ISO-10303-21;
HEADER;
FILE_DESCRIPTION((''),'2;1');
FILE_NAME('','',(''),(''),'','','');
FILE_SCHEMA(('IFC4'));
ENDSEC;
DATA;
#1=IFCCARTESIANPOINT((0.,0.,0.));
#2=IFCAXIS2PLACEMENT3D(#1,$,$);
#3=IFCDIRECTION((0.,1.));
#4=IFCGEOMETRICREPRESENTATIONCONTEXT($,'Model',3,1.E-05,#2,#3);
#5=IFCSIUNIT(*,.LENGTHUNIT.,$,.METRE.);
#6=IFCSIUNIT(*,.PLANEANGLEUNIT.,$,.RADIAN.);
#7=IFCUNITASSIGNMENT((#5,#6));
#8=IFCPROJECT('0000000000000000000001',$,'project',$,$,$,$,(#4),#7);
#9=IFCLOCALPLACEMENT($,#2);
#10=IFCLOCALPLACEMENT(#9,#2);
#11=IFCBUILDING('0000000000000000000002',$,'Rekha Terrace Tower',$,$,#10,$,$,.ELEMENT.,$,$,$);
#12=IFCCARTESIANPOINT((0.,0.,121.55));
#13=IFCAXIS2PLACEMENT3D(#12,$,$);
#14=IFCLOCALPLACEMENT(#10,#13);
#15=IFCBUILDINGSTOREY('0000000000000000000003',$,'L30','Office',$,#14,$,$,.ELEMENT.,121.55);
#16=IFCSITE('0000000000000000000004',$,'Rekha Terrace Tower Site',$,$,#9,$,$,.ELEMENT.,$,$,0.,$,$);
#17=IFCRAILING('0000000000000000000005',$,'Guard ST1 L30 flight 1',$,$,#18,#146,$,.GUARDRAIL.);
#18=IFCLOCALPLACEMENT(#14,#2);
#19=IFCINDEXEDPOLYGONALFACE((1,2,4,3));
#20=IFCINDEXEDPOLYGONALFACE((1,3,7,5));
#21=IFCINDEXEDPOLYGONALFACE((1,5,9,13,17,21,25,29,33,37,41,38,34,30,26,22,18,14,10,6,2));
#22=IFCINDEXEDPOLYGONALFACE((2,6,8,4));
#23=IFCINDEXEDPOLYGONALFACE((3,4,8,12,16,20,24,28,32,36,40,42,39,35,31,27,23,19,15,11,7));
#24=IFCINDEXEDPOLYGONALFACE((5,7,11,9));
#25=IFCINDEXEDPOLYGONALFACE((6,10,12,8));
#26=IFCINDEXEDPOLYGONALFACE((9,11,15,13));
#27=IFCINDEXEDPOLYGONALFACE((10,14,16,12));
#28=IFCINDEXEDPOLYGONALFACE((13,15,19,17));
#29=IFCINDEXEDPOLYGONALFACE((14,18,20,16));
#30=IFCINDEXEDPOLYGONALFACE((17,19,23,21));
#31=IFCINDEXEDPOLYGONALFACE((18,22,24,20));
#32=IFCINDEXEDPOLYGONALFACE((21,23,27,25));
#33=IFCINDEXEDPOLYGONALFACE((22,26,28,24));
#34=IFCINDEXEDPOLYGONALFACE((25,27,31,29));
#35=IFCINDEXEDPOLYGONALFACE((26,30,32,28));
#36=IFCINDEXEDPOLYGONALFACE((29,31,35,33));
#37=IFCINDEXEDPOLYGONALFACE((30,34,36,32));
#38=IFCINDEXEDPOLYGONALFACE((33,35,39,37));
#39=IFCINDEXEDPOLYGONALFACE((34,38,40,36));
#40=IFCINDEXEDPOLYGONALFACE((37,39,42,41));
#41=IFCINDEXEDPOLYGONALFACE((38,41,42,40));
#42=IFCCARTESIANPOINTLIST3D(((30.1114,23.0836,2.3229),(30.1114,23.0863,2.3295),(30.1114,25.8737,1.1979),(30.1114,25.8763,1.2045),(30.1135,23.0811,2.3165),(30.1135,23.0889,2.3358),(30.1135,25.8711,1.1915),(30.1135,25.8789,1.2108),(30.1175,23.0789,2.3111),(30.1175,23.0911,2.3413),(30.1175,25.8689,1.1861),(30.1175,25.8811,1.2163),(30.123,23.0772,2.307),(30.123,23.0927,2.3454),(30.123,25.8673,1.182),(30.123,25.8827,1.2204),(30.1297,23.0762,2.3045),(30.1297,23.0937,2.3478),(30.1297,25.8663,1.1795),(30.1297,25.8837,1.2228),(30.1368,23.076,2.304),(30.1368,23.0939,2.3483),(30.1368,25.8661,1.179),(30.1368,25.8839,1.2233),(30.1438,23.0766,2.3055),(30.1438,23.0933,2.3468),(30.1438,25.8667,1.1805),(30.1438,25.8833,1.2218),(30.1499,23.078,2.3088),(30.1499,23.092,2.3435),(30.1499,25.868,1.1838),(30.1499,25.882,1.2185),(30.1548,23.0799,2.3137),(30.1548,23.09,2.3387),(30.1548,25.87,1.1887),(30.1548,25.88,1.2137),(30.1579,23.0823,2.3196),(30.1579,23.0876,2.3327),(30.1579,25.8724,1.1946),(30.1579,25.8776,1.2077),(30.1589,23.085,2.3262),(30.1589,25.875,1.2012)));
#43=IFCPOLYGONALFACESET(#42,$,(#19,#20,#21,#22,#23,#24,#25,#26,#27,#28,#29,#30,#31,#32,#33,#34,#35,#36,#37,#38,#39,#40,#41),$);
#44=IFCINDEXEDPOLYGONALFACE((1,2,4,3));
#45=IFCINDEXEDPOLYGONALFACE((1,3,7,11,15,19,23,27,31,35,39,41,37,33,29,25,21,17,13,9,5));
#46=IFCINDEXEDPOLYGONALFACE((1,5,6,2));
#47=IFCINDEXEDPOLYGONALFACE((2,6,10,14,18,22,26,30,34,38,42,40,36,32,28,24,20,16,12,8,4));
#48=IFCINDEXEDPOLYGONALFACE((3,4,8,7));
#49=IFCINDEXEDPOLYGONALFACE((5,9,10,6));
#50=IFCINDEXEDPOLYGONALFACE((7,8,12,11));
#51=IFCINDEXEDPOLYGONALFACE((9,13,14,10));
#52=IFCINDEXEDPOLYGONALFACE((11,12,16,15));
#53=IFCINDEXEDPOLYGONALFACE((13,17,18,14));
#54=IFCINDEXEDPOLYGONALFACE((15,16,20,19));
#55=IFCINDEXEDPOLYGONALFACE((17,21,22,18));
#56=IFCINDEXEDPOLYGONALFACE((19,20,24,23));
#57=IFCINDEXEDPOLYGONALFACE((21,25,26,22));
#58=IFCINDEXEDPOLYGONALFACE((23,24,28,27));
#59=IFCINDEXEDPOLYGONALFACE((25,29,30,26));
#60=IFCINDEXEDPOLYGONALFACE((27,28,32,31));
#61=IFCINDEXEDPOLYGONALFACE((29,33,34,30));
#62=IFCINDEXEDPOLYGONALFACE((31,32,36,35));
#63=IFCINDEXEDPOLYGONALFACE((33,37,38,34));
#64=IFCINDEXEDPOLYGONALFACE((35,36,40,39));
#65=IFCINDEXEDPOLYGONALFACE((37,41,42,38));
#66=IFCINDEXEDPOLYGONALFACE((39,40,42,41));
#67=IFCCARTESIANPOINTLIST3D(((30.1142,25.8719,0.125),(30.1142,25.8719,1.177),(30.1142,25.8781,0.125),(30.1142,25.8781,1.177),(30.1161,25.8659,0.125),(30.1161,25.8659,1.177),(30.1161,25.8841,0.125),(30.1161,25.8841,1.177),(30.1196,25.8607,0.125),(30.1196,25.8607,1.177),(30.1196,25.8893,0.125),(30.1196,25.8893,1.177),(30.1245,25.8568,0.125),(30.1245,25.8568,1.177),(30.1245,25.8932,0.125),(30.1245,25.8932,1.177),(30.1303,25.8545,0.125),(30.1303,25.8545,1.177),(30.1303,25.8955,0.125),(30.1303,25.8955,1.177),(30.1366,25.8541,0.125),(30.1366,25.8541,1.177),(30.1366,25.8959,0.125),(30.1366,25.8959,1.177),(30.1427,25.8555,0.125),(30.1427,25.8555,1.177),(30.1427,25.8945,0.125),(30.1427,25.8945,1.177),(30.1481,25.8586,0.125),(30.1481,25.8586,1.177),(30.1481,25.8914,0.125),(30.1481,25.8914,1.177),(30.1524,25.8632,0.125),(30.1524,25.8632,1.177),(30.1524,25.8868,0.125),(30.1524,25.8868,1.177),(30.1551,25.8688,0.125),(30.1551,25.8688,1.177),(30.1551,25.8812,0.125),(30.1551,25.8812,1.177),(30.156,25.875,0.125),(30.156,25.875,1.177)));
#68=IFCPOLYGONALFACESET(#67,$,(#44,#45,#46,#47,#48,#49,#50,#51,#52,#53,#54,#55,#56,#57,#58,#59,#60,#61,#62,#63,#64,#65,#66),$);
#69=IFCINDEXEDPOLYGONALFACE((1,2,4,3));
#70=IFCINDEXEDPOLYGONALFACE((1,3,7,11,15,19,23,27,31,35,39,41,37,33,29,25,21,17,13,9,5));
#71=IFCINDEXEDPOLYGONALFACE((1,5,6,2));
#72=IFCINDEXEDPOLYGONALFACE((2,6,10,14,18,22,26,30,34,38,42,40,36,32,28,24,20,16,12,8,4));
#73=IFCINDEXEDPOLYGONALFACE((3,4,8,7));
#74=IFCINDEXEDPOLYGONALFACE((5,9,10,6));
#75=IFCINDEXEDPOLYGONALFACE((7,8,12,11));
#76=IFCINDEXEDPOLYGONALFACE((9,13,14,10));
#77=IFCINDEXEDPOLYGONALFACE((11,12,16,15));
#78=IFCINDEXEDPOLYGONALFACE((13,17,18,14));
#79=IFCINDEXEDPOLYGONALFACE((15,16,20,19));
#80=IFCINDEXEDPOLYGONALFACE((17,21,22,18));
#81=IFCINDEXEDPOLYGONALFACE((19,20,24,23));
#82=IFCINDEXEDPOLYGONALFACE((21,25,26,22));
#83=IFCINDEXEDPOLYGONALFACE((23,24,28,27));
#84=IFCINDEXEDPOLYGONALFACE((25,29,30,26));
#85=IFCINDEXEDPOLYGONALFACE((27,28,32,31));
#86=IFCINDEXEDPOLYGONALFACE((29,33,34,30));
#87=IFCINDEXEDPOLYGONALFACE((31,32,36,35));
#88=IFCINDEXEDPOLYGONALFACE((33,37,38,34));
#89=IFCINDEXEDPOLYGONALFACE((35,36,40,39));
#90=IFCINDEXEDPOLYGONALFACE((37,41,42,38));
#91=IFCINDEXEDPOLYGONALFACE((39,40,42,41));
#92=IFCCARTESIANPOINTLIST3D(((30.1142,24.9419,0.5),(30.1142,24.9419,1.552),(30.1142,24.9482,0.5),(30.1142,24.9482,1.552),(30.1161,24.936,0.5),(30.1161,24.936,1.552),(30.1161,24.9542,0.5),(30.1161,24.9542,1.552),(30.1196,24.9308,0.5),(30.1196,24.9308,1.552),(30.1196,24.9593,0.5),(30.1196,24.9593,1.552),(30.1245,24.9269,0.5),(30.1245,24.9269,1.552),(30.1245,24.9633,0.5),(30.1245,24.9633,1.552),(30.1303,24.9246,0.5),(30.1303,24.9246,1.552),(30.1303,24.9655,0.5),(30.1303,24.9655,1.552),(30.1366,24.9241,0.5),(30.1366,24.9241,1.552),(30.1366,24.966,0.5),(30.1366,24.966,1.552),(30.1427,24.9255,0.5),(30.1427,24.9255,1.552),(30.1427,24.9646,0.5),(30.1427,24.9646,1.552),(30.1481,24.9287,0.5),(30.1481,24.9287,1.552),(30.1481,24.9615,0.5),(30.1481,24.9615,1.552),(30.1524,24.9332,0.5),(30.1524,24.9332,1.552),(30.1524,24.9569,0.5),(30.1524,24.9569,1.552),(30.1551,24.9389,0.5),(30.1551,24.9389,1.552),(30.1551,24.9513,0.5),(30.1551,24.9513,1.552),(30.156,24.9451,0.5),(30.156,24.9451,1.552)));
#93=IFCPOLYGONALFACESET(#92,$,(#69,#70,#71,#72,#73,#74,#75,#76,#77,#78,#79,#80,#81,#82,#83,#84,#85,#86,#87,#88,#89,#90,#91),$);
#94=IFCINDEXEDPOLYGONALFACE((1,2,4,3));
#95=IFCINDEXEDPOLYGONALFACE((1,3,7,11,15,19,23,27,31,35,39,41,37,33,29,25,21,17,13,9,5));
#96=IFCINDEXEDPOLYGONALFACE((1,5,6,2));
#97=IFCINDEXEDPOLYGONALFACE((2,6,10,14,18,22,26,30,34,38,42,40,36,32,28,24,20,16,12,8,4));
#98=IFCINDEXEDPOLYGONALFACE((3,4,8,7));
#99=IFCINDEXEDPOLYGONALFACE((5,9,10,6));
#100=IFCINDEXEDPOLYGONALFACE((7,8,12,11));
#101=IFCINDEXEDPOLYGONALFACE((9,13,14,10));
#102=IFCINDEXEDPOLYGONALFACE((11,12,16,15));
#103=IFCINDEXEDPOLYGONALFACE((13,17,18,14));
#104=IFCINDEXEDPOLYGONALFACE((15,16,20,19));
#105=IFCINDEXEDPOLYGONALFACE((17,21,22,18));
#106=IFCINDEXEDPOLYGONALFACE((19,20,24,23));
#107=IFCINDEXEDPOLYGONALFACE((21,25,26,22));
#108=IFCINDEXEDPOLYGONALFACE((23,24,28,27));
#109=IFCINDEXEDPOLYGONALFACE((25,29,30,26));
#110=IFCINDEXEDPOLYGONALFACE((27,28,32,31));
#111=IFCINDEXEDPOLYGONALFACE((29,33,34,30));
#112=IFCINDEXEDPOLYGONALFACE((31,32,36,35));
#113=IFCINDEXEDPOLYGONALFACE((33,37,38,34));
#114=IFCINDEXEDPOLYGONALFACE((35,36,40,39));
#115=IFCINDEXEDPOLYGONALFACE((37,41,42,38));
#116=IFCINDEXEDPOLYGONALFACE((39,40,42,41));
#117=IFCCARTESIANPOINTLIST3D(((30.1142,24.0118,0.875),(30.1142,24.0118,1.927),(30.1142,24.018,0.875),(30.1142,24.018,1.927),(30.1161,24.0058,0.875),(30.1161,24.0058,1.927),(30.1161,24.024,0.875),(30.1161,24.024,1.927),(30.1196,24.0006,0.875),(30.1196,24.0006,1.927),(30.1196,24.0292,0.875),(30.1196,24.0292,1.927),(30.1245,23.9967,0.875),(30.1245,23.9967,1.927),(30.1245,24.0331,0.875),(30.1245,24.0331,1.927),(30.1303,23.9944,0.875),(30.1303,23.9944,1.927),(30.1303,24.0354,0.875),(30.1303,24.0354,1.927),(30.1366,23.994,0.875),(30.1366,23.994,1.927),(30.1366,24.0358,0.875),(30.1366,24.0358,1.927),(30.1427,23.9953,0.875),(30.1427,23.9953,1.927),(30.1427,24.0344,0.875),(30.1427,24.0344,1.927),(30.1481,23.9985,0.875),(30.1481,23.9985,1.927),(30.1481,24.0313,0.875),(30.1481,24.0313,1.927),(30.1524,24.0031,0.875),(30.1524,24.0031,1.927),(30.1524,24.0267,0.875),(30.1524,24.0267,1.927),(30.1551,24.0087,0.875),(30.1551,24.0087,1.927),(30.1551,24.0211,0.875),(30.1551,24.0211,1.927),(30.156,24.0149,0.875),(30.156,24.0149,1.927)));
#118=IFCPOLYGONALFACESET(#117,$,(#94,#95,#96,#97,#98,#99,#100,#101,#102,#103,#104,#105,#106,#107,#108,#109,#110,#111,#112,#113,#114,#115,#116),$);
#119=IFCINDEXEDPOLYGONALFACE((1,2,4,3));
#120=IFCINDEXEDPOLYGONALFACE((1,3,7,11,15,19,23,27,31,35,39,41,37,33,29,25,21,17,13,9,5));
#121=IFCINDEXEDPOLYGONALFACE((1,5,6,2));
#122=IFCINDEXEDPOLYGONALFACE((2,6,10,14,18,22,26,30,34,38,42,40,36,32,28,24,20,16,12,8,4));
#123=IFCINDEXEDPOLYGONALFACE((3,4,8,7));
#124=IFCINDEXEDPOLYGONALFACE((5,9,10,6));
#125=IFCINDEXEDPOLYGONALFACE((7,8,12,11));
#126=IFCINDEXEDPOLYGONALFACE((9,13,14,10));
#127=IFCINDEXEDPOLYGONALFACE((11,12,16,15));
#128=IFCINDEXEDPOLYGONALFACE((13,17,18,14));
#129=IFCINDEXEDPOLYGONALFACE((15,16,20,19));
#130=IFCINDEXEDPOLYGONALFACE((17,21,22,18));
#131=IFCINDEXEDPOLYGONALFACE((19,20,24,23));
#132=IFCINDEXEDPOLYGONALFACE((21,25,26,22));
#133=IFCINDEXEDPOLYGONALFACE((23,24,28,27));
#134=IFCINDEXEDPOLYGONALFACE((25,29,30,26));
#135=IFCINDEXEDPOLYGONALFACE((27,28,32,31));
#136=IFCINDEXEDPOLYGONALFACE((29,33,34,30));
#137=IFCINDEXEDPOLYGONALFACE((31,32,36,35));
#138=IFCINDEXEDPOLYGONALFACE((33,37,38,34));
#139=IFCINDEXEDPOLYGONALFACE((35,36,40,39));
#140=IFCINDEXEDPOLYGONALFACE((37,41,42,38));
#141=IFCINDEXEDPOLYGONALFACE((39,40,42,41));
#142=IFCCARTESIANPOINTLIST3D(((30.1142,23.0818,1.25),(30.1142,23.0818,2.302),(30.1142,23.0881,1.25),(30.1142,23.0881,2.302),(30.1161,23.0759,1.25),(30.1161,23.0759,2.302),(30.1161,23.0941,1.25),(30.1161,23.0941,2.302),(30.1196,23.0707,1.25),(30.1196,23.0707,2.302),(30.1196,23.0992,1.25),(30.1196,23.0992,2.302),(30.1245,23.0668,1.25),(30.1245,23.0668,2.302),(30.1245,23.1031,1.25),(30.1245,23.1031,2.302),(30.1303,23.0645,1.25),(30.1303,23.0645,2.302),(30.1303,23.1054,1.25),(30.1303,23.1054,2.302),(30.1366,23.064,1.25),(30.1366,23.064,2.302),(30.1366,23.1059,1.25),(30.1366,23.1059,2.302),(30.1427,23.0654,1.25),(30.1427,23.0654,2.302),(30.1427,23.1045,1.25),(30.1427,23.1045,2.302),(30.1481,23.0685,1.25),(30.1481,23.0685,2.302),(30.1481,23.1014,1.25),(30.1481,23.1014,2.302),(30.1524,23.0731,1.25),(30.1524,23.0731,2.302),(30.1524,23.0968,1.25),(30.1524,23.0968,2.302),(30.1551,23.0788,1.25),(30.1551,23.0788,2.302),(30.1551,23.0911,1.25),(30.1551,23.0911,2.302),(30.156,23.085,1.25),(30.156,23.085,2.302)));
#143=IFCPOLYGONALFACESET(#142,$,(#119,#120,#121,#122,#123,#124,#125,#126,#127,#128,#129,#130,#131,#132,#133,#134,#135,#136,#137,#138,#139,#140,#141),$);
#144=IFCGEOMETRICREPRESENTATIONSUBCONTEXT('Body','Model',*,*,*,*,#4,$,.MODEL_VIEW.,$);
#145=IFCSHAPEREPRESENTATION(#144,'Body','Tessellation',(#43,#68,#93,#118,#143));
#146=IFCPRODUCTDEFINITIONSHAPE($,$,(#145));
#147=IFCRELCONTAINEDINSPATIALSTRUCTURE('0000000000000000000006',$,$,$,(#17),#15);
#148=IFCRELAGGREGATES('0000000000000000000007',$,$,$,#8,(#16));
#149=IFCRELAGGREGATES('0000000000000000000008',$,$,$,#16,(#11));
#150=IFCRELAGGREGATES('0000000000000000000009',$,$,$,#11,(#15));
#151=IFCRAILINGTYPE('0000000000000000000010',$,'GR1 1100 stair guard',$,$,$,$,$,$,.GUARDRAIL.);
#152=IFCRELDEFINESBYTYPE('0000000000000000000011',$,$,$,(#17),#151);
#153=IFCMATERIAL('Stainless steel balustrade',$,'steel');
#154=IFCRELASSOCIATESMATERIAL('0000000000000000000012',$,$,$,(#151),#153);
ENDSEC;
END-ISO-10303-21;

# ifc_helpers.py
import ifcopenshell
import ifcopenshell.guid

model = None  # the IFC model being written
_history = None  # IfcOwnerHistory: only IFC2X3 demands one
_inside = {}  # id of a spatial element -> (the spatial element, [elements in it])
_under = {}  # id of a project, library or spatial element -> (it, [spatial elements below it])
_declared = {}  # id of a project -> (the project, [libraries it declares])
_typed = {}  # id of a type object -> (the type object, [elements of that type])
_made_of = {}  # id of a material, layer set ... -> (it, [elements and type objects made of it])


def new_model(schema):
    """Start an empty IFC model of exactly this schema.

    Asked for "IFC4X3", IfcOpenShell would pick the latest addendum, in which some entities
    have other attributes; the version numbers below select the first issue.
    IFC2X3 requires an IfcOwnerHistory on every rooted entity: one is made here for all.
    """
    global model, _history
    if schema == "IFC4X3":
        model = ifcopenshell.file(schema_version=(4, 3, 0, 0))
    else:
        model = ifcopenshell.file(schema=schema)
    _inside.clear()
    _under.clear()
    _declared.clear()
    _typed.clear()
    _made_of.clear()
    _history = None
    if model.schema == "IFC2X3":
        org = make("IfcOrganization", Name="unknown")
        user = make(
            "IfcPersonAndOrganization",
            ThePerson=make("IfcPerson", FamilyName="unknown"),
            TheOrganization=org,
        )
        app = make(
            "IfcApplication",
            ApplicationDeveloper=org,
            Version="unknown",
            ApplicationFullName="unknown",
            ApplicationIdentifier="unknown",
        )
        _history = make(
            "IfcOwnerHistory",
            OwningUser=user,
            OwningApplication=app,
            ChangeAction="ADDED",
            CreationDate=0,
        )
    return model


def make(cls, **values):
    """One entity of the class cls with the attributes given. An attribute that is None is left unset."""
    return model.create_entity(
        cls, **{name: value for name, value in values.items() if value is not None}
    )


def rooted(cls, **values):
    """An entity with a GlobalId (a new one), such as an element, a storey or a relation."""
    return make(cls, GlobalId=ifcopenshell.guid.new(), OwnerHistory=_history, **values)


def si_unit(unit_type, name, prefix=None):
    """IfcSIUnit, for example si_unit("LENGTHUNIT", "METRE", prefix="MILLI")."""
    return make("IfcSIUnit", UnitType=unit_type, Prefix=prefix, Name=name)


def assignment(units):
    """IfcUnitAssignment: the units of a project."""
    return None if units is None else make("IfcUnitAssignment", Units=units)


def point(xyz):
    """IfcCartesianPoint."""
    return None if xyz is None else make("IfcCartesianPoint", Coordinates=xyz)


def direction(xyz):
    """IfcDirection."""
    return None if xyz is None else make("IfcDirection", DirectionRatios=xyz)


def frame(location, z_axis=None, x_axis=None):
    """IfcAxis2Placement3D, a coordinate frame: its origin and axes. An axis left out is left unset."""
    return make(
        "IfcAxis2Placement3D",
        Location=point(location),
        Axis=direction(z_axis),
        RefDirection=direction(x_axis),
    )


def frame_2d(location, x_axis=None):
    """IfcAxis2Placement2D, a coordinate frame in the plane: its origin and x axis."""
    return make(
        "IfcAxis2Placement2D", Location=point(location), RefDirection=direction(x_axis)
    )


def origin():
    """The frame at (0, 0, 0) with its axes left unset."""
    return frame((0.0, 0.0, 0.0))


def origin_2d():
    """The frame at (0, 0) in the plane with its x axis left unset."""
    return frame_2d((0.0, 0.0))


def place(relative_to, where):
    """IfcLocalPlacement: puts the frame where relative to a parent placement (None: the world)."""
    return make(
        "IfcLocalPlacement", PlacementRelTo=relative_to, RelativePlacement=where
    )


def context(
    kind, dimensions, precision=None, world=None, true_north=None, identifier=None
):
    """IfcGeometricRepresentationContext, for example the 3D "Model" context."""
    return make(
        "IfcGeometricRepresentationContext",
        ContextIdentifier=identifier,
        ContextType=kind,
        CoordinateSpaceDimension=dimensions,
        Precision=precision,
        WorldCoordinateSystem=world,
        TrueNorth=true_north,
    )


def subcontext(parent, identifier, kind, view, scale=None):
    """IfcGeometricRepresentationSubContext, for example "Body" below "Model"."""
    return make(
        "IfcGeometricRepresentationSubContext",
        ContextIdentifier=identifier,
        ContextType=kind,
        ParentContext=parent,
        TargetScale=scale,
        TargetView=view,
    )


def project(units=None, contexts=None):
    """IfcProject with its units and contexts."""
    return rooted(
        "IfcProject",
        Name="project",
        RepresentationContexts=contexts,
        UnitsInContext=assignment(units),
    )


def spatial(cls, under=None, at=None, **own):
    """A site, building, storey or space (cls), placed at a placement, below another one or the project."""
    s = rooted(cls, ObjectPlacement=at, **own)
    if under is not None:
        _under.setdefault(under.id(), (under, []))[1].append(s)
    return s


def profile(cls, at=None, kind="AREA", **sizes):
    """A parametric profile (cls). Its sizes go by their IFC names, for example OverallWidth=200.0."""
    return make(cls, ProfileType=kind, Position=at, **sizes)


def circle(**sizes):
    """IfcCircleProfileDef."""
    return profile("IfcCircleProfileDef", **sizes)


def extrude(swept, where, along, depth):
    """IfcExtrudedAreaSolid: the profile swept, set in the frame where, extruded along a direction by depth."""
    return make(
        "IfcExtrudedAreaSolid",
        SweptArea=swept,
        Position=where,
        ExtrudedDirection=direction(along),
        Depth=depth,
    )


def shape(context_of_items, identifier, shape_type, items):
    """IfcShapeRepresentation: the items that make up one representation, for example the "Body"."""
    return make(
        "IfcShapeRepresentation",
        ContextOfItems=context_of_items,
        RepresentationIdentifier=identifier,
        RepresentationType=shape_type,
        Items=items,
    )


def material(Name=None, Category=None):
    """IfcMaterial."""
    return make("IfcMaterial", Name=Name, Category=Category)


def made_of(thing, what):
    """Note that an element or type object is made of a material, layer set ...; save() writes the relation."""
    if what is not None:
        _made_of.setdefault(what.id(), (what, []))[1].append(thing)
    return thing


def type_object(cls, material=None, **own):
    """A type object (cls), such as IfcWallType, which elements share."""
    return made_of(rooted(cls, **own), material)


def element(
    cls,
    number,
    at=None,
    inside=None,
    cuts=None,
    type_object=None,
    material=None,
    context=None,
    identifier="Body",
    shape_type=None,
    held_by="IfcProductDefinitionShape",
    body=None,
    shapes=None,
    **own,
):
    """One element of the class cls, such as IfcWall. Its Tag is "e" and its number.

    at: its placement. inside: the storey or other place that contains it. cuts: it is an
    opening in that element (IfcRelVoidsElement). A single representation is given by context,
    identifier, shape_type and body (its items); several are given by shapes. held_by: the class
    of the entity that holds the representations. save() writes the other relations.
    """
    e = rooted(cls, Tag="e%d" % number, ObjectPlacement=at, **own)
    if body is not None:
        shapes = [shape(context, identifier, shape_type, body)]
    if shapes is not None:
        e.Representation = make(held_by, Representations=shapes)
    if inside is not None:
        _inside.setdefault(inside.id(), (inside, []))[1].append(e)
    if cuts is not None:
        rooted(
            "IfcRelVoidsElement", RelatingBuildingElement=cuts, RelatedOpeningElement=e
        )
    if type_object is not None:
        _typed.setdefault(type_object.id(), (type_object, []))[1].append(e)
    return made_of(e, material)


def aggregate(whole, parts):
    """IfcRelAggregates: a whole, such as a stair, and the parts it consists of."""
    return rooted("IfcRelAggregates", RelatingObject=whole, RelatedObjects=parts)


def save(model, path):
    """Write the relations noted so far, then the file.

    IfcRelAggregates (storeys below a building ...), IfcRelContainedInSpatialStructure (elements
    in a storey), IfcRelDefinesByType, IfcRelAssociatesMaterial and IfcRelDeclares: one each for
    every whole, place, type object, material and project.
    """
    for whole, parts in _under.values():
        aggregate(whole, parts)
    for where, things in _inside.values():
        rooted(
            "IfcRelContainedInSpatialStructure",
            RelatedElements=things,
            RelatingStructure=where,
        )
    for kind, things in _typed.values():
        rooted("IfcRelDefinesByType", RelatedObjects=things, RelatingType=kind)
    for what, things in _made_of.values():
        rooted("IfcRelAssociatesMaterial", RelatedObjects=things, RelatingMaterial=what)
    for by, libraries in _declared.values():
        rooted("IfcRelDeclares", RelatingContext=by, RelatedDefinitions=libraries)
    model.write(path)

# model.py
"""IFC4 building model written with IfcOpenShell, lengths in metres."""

from ifc_helpers import new_model, si_unit, direction, frame, origin, origin_2d, place, context, subcontext, project, spatial, circle, extrude, material, type_object, element, save


model = new_model("IFC4")

# Units and contexts
model_context = context("Model", 3, precision=1e-05, world=origin(), true_north=direction((0.0, 1.0)))
body_context = subcontext(model_context, "Body", "Model", "MODEL_VIEW")
ifc_project = project(units=[si_unit("LENGTHUNIT", "METRE"), si_unit("PLANEANGLEUNIT", "RADIAN")], contexts=[model_context])

# Site, building, storey
site_placement = place(None, origin())
site = spatial("IfcSite", under=ifc_project, at=site_placement, Name="Rekha Terrace Tower Site", CompositionType="ELEMENT", RefElevation=0.0)
building_placement = place(site_placement, origin())
building = spatial("IfcBuilding", under=site, at=building_placement, Name="Rekha Terrace Tower", CompositionType="ELEMENT")
storey_placement = place(building_placement, frame((0.0, 0.0, 121.55)))
storey = spatial("IfcBuildingStorey", under=building, at=storey_placement, Name="L30", Description="Office", CompositionType="ELEMENT", Elevation=121.55)

# Railing
ifc_material_1 = material(Name="Stainless steel balustrade", Category="steel")
railing_type_1 = type_object("IfcRailingType", Name="GR1 1100 stair guard", PredefinedType="GUARDRAIL", material=ifc_material_1)
railing_1_placement = place(storey_placement, frame((30.135, 25.875, 0.125)))
element("IfcRailing", 1, at=railing_1_placement, inside=storey, type_object=railing_type_1, Name="Guard ST1 L30 flight 1", PredefinedType="GUARDRAIL", context=body_context, shape_type="SweptSolid", body=[
    extrude(circle(Radius=0.0239, at=origin_2d()), frame((0.0, 0.0, 1.0762), z_axis=(0.0, -0.927443, 0.373964), x_axis=(1.0, 0.0, 0.0)), (0.0, 0.0, 1.0), 3.0083),
    extrude(circle(Radius=0.021, at=origin_2d()), origin(), (0.0, 0.0, 1.0), 1.052),
    extrude(circle(Radius=0.021, at=origin_2d()), frame((0.0, -0.9299, 0.375)), (0.0, 0.0, 1.0), 1.052),
    extrude(circle(Radius=0.021, at=origin_2d()), frame((0.0, -1.8601, 0.75)), (0.0, 0.0, 1.0), 1.052),
    extrude(circle(Radius=0.021, at=origin_2d()), frame((0.0, -2.79, 1.125)), (0.0, 0.0, 1.0), 1.052),
])

save(model, "model.ifc")
